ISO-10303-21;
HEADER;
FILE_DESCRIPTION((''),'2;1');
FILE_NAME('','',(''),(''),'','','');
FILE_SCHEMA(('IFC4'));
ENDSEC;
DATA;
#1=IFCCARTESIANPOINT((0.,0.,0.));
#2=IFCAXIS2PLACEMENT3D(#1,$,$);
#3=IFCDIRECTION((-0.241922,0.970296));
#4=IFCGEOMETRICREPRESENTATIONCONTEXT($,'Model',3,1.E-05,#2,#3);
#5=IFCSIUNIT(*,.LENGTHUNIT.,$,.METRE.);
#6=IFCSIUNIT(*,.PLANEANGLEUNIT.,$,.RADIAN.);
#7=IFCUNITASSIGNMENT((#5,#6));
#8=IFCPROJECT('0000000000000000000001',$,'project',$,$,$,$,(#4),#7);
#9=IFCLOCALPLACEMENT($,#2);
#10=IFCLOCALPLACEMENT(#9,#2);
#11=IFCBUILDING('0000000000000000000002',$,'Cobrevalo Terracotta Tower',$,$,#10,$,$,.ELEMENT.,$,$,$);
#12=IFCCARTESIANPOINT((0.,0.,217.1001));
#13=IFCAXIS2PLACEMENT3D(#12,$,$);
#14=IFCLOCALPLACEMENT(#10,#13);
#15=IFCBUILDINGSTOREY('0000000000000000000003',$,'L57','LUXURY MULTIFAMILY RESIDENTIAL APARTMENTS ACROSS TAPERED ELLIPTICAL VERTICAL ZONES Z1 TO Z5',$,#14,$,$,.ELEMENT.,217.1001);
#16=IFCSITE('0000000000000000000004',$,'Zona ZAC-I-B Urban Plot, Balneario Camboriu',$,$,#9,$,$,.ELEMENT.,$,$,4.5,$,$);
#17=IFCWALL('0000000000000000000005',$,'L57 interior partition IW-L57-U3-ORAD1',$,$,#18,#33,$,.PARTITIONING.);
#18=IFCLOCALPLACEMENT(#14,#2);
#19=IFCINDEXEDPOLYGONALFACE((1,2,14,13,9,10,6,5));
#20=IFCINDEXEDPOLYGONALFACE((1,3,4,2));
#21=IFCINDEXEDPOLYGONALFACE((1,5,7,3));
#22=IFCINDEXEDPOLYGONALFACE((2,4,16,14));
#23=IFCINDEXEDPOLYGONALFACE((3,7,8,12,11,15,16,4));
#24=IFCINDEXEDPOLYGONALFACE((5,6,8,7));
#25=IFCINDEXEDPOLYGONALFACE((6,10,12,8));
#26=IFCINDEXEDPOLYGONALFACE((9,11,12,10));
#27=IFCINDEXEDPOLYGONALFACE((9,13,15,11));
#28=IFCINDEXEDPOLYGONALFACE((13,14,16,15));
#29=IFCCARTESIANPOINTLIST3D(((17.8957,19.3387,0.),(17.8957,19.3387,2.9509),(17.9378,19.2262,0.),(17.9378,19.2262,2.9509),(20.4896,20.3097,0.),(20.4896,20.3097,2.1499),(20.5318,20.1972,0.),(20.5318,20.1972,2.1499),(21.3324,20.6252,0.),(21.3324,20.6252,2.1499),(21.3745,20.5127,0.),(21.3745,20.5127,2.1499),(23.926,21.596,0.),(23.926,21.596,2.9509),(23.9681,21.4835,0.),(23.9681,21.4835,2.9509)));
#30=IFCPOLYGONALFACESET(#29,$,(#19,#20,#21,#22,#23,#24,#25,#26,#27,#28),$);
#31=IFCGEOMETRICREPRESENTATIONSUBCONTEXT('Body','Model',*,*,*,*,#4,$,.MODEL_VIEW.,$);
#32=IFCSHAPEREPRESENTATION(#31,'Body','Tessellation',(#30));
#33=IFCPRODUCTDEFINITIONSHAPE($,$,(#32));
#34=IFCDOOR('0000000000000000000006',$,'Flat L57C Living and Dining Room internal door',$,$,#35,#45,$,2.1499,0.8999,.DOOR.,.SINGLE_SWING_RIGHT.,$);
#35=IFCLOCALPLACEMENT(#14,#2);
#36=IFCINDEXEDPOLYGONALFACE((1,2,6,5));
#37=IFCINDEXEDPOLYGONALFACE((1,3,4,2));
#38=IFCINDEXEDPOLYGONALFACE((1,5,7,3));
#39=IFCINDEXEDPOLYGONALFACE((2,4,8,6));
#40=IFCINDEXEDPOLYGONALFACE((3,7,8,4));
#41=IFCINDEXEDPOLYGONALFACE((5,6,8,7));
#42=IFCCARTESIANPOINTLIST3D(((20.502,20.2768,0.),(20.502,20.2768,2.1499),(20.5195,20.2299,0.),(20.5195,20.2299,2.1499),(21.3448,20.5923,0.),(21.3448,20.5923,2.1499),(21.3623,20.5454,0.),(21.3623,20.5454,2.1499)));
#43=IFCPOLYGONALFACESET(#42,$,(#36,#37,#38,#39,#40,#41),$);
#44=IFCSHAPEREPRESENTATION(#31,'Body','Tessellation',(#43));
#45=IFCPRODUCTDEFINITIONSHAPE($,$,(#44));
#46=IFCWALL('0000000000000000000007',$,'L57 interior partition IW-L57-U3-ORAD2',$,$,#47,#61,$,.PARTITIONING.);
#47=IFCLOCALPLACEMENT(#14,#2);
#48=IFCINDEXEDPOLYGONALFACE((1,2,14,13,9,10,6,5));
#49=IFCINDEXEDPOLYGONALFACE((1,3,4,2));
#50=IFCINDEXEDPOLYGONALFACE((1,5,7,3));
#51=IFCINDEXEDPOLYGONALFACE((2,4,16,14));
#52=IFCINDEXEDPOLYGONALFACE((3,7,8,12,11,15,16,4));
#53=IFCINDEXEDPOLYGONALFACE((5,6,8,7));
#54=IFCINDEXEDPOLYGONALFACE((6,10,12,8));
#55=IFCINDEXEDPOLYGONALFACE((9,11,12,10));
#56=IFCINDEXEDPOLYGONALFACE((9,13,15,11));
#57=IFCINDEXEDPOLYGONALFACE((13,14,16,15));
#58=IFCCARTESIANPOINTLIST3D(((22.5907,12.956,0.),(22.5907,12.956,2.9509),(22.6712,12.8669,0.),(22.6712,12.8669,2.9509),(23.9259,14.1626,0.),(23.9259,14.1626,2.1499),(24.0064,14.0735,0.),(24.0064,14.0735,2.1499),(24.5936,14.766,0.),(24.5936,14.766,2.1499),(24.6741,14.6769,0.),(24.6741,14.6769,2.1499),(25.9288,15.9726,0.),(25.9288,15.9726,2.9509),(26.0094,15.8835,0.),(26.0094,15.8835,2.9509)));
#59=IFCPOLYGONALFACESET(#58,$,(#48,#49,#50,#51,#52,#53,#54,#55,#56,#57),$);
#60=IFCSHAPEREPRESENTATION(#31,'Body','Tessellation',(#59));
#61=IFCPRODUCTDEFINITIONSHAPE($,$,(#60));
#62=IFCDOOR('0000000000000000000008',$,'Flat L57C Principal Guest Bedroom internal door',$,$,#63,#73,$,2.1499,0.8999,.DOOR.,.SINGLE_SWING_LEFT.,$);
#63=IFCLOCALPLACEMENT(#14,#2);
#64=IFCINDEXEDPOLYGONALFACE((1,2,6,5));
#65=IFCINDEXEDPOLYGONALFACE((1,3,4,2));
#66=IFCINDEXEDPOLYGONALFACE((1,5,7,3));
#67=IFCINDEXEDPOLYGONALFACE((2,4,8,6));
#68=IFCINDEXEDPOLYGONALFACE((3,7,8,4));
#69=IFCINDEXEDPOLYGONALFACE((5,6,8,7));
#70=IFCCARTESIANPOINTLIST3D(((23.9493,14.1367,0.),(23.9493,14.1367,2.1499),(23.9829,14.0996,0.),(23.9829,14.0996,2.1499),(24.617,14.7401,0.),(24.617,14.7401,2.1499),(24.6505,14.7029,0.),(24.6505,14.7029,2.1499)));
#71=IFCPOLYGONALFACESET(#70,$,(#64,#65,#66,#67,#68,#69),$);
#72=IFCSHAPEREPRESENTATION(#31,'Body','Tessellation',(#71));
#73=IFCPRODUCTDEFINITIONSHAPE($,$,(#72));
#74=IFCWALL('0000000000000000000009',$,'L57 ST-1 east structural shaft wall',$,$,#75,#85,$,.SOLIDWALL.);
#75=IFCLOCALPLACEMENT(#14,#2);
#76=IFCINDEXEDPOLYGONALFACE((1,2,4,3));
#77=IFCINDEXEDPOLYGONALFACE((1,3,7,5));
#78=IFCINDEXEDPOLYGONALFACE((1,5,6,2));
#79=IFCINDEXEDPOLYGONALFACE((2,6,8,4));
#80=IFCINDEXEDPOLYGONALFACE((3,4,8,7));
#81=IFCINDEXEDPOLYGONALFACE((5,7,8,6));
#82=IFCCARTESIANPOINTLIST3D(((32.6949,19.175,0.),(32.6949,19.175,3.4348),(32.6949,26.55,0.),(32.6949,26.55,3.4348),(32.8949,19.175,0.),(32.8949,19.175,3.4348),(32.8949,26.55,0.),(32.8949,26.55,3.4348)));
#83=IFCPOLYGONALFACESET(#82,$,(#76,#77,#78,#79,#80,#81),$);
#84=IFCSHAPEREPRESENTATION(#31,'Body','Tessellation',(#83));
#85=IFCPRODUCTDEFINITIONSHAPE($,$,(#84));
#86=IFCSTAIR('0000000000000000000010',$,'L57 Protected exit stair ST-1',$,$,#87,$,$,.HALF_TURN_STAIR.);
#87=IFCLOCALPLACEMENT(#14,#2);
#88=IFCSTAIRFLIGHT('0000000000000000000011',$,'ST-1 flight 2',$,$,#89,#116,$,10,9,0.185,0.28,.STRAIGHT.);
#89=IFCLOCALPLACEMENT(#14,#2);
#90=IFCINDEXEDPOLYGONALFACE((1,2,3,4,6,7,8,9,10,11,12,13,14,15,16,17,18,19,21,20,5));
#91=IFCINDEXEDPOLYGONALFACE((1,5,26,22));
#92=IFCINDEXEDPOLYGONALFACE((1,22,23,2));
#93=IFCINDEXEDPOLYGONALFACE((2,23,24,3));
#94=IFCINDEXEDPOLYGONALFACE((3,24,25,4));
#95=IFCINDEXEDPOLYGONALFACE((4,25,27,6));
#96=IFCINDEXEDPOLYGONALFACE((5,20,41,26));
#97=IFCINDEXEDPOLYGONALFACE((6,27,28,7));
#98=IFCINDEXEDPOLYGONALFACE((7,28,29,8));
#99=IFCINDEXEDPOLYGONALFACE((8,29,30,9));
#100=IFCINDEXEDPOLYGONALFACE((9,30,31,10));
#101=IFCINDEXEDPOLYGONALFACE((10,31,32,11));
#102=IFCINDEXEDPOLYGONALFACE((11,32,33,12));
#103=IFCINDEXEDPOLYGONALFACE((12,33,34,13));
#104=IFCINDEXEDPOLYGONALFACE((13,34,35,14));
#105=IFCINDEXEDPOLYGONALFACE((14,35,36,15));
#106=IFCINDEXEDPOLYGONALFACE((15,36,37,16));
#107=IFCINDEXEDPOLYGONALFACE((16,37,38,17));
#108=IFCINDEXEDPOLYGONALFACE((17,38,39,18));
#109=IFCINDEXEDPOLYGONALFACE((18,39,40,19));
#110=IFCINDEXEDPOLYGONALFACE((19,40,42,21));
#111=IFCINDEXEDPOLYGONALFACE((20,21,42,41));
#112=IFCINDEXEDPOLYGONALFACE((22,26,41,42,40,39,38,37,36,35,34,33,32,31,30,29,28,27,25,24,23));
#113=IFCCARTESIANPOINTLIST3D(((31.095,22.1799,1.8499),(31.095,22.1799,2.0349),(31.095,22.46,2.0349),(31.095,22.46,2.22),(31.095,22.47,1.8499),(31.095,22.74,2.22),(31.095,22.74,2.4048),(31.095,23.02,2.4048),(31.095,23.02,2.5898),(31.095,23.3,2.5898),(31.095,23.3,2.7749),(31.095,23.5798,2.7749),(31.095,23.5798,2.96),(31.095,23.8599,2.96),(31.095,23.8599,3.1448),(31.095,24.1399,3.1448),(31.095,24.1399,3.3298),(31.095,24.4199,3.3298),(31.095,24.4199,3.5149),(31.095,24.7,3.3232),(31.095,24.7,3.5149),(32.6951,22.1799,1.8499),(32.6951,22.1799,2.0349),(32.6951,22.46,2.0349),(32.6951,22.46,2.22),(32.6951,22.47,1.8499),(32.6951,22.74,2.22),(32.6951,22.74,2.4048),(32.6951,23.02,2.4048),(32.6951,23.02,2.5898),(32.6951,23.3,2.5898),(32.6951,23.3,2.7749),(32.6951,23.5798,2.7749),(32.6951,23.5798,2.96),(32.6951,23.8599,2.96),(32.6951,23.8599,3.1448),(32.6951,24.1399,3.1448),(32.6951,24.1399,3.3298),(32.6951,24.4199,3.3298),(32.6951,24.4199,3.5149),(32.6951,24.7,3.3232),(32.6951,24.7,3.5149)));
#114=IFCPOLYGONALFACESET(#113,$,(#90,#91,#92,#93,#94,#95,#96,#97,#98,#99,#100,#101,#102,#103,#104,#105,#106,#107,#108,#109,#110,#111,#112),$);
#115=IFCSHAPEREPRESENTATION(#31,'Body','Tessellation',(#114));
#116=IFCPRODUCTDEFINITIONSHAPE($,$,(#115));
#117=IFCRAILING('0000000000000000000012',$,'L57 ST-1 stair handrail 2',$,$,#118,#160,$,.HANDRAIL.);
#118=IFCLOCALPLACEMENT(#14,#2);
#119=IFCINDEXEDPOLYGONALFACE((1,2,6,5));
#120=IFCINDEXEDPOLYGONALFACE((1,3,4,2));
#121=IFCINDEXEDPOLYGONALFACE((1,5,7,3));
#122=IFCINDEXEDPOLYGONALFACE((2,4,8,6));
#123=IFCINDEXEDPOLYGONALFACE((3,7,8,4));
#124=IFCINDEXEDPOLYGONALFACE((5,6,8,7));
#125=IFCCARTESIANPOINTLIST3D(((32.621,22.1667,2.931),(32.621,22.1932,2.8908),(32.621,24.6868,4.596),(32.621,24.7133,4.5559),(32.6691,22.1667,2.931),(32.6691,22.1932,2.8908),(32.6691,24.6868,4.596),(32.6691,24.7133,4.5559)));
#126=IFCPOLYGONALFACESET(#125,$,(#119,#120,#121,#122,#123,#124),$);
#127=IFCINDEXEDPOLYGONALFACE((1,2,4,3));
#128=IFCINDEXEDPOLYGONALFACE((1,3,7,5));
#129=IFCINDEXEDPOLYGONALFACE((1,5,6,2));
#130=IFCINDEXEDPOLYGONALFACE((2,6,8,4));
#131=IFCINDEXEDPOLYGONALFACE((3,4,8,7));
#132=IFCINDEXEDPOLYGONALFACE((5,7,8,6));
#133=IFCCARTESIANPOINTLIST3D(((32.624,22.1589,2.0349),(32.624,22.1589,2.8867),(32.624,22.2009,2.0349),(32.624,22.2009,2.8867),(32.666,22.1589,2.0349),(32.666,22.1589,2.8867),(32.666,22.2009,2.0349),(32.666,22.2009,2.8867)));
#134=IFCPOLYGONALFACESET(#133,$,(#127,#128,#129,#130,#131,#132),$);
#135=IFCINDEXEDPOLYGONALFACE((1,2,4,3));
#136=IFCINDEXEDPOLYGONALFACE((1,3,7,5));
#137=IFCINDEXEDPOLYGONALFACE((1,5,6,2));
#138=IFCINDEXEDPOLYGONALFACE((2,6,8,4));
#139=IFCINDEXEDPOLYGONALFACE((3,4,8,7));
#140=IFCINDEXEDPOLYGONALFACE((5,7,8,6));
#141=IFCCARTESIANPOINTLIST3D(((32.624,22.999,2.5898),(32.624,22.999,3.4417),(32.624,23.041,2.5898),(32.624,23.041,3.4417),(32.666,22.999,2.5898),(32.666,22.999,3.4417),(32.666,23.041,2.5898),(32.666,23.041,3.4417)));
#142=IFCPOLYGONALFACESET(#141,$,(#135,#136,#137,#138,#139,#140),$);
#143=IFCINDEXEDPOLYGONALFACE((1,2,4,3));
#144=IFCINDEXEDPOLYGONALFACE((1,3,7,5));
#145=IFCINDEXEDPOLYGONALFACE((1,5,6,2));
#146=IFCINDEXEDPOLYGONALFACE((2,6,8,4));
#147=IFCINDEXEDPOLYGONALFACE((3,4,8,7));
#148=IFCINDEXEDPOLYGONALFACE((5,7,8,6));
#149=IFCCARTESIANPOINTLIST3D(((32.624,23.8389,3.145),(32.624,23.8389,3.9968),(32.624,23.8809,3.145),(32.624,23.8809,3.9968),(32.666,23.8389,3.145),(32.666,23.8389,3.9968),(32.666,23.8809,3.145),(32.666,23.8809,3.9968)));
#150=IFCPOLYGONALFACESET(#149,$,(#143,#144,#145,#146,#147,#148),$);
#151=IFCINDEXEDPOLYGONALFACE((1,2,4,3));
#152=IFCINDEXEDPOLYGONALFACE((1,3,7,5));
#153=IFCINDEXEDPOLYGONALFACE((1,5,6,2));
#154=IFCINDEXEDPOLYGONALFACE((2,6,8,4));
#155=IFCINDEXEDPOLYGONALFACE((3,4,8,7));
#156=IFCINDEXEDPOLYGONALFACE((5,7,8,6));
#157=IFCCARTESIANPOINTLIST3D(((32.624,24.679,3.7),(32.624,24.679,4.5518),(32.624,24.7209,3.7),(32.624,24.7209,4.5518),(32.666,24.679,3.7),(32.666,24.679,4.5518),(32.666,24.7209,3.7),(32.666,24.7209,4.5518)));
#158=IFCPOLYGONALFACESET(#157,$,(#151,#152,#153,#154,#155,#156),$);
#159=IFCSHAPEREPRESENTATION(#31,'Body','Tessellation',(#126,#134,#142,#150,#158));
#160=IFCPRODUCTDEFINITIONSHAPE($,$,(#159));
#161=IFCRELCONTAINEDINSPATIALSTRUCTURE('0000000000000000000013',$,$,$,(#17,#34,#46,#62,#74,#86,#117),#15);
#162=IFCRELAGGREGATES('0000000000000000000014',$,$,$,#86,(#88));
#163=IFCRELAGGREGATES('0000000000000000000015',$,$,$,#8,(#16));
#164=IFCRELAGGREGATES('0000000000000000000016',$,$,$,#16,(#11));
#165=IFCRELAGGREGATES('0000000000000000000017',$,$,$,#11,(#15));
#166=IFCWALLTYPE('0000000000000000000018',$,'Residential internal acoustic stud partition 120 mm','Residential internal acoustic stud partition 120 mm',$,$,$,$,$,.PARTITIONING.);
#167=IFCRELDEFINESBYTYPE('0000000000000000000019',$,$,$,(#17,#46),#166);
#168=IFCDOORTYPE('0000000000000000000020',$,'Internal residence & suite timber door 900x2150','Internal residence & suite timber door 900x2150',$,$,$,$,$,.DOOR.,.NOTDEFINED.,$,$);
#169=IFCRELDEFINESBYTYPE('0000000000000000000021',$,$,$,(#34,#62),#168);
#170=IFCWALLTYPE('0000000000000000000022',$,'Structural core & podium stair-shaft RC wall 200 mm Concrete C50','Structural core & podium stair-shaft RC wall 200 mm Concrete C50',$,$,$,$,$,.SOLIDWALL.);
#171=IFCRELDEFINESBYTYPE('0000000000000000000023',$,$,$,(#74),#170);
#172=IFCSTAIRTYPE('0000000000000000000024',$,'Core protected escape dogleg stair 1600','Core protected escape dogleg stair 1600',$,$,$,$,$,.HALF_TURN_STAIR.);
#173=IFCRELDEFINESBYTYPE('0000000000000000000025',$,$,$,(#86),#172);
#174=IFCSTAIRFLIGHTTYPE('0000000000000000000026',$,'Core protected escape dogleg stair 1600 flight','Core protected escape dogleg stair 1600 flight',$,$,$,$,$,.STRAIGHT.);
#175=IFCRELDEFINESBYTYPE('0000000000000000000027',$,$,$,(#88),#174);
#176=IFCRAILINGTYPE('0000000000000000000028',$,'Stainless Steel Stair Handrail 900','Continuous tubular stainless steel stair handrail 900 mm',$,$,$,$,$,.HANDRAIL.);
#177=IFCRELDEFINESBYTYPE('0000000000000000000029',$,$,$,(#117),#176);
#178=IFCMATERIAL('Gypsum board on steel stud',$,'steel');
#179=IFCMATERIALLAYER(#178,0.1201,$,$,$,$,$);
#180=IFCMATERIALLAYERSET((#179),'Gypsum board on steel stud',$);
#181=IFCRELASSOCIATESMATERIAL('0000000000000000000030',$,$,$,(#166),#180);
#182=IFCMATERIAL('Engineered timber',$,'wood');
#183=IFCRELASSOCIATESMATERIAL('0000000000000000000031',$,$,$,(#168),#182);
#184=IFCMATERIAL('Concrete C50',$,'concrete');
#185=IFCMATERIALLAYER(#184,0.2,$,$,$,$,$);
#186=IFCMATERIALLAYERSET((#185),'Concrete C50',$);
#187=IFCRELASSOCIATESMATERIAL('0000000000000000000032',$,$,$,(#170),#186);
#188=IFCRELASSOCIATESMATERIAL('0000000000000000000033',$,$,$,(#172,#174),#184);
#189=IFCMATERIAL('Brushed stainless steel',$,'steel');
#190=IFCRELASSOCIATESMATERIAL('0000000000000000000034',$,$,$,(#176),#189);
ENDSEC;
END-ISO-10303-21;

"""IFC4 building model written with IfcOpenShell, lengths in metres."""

from ifc_helpers import new_model, si_unit, direction, frame, frame_2d, origin, origin_2d, place, context, subcontext, project, spatial, polyline, rectangle, outline, extrude, source, transform, mapped, material, layer, layer_set, type_object, element, fill, aggregate, save


model = new_model("IFC4")

# Units and contexts
model_context = context("Model", 3, precision=1e-05, world=origin(), true_north=direction((-0.241922, 0.970296)))
body_context = subcontext(model_context, "Body", "Model", "MODEL_VIEW")
ifc_project = project(units=[si_unit("LENGTHUNIT", "METRE"), si_unit("PLANEANGLEUNIT", "RADIAN")], contexts=[model_context])

# Site, building, storey
site_placement = place(None, origin())
site = spatial("IfcSite", under=ifc_project, at=site_placement, Name="Zona ZAC-I-B Urban Plot, Balneario Camboriu", CompositionType="ELEMENT", RefElevation=4.5)
building_placement = place(site_placement, origin())
building = spatial("IfcBuilding", under=site, at=building_placement, Name="Cobrevalo Terracotta Tower", CompositionType="ELEMENT")
storey_placement = place(building_placement, frame((0.0, 0.0, 217.1001)))
storey = spatial("IfcBuildingStorey", under=building, at=storey_placement, Name="L57", Description="LUXURY MULTIFAMILY RESIDENTIAL APARTMENTS ACROSS TAPERED ELLIPTICAL VERTICAL ZONES Z1 TO Z5", CompositionType="ELEMENT", Elevation=217.1001)

# Shared definitions
ifc_material_1 = material(Name="Concrete C50", Category="concrete")

# Shared definitions
ifc_material_2 = material(Name="Gypsum board on steel stud", Category="steel")
ifc_layer_1 = layer(ifc_material_2, 0.1201)
ifc_layer_set_1 = layer_set([ifc_layer_1], Name="Gypsum board on steel stud")
wall_type_1 = type_object("IfcWallType", Name="Residential internal acoustic stud partition 120 mm", Description="Residential internal acoustic stud partition 120 mm", PredefinedType="PARTITIONING", material=ifc_layer_set_1)

# Walls, openings, doors
wall_1_placement = place(storey_placement, frame((23.947, 21.5398, 0.0), z_axis=(0.0, 0.0, 1.0), x_axis=(-0.936535, -0.350575, 0.0)))
wall_1 = element("IfcWall", 1, at=wall_1_placement, inside=storey, type_object=wall_type_1, Name="L57 interior partition IW-L57-U3-ORAD1", PredefinedType="PARTITIONING", context=body_context, shape_type="SweptSolid", body=[
    extrude(rectangle(XDim=6.439, YDim=0.1201, at=frame_2d((3.2195, 0.0))), origin(), (0.0, 0.0, 1.0), 2.9509),
])
opening_1_placement = place(wall_1_placement, frame((2.7693, 0.0, 0.0)))
opening_1 = element("IfcOpeningElement", 2, at=opening_1_placement, cuts=wall_1, PredefinedType="OPENING", context=body_context, shape_type="SweptSolid", body=[
    extrude(rectangle(XDim=0.8999, YDim=2.1499, at=frame_2d((0.45, 1.075))), frame((0.0, 0.0701, 0.0), z_axis=(0.0, -1.0, 0.0), x_axis=(1.0, 0.0, 0.0)), (0.0, 0.0, 1.0), 0.1401),
])
ifc_material_3 = material(Name="Engineered timber", Category="wood")
door_type_1 = type_object("IfcDoorType", Name="Internal residence & suite timber door 900x2150", Description="Internal residence & suite timber door 900x2150", OperationType="NOTDEFINED", PredefinedType="DOOR", material=ifc_material_3)
shared_shape_1 = source(origin(), body_context, "Body", "SweptSolid", [
    extrude(rectangle(XDim=0.8999, YDim=2.1499, at=frame_2d((0.45, 1.075))), frame((0.0, 0.0249, 0.0), z_axis=(0.0, -1.0, 0.0), x_axis=(1.0, 0.0, 0.0)), (0.0, 0.0, 1.0), 0.05),
])
door_1_placement = place(opening_1_placement, frame((0.8999, 0.0, 0.0), z_axis=(0.0, 0.0, 1.0), x_axis=(-1.0, 0.0, 0.0)))
door_1 = element("IfcDoor", 3, at=door_1_placement, inside=storey, type_object=door_type_1, Name="Flat L57C Living and Dining Room internal door", OperationType="SINGLE_SWING_RIGHT", OverallHeight=2.1499, OverallWidth=0.8999, PredefinedType="DOOR", context=body_context, shape_type="MappedRepresentation", body=[
    mapped(shared_shape_1, transform((0.0, 0.0, 0.0), scale=1.0)),
])
fill(opening_1, door_1)
wall_2_placement = place(storey_placement, frame((25.969, 15.928, 0.0), z_axis=(0.0, 0.0, 1.0), x_axis=(-0.741935, -0.670471, 0.0)))
wall_2 = element("IfcWall", 4, at=wall_2_placement, inside=storey, type_object=wall_type_1, Name="L57 interior partition IW-L57-U3-ORAD2", PredefinedType="PARTITIONING", context=body_context, shape_type="SweptSolid", body=[
    extrude(rectangle(XDim=4.4993, YDim=0.1201, at=frame_2d((2.2495, 0.0))), origin(), (0.0, 0.0, 1.0), 2.9509),
])
opening_2_placement = place(wall_2_placement, frame((1.7996, 0.0, 0.0)))
opening_2 = element("IfcOpeningElement", 5, at=opening_2_placement, cuts=wall_2, PredefinedType="OPENING", context=body_context, shape_type="SweptSolid", body=[
    extrude(rectangle(XDim=0.8999, YDim=2.1499, at=frame_2d((0.45, 1.075))), frame((0.0, 0.0701, 0.0), z_axis=(0.0, -1.0, 0.0), x_axis=(1.0, 0.0, 0.0)), (0.0, 0.0, 1.0), 0.1401),
])
door_2_placement = place(opening_2_placement, origin())
door_2 = element("IfcDoor", 6, at=door_2_placement, inside=storey, type_object=door_type_1, Name="Flat L57C Principal Guest Bedroom internal door", OperationType="SINGLE_SWING_LEFT", OverallHeight=2.1499, OverallWidth=0.8999, PredefinedType="DOOR", context=body_context, shape_type="MappedRepresentation", body=[
    mapped(shared_shape_1, transform((0.0, 0.0, 0.0), scale=1.0)),
])
fill(opening_2, door_2)

# Wall
ifc_layer_2 = layer(ifc_material_1, 0.2)
ifc_layer_set_2 = layer_set([ifc_layer_2], Name="Concrete C50")
wall_type_2 = type_object("IfcWallType", Name="Structural core & podium stair-shaft RC wall 200 mm Concrete C50", Description="Structural core & podium stair-shaft RC wall 200 mm Concrete C50", PredefinedType="SOLIDWALL", material=ifc_layer_set_2)
wall_3_placement = place(storey_placement, frame((32.7949, 19.175, 0.0), z_axis=(0.0, 0.0, 1.0), x_axis=(0.0, 1.0, 0.0)))
element("IfcWall", 7, at=wall_3_placement, inside=storey, type_object=wall_type_2, Name="L57 ST-1 east structural shaft wall", PredefinedType="SOLIDWALL", context=body_context, shape_type="SweptSolid", body=[
    extrude(rectangle(XDim=7.375, YDim=0.2, at=frame_2d((3.6875, 0.0))), origin(), (0.0, 0.0, 1.0), 3.4348),
])

# Stair, stair flight
stair_type = type_object("IfcStairType", Name="Core protected escape dogleg stair 1600", Description="Core protected escape dogleg stair 1600", PredefinedType="HALF_TURN_STAIR", material=ifc_material_1)
stair_placement = place(storey_placement, origin())
stair = element("IfcStair", 8, at=stair_placement, inside=storey, type_object=stair_type, Name="L57 Protected exit stair ST-1", PredefinedType="HALF_TURN_STAIR")
stair_flight_type = type_object("IfcStairFlightType", Name="Core protected escape dogleg stair 1600 flight", Description="Core protected escape dogleg stair 1600 flight", PredefinedType="STRAIGHT", material=ifc_material_1)
stair_flight_placement = place(storey_placement, frame((31.895, 22.1799, 1.8499), z_axis=(0.0, 0.0, 1.0), x_axis=(0.0, 1.0, 0.0)))
stair_flight = element("IfcStairFlight", 9, at=stair_flight_placement, type_object=stair_flight_type, Name="ST-1 flight 2", NumberOfRisers=10, NumberOfTreads=9, PredefinedType="STRAIGHT", RiserHeight=0.185, TreadLength=0.28, context=body_context, shape_type="SweptSolid", body=[
    extrude(outline(polyline([(0.0, 0.0), (0.0, 0.1851), (0.28, 0.1851), (0.28, 0.3701), (0.5601, 0.3701), (0.5601, 0.5549), (0.8401, 0.5549), (0.8401, 0.74), (1.1201, 0.74), (1.1201, 0.925), (1.3999, 0.925), (1.3999, 1.1101), (1.6799, 1.1101), (1.6799, 1.2949), (1.96, 1.2949), (1.96, 1.48), (2.24, 1.48), (2.24, 1.665), (2.52, 1.665), (2.52, 1.8501), (2.52, 1.4734), (0.29, 0.0), (0.0, 0.0)])), frame((0.0, 0.8, 0.0), z_axis=(0.0, -1.0, 0.0), x_axis=(1.0, 0.0, 0.0)), (0.0, 0.0, 1.0), 1.6001),
])
aggregate(stair, [stair_flight])

# Railing
ifc_material_4 = material(Name="Brushed stainless steel", Category="steel")
railing_type_1 = type_object("IfcRailingType", Name="Stainless Steel Stair Handrail 900", Description="Continuous tubular stainless steel stair handrail 900 mm", PredefinedType="HANDRAIL", material=ifc_material_4)
railing_1_placement = place(storey_placement, frame((32.645, 22.1799, 2.0349)))
element("IfcRailing", 10, at=railing_1_placement, inside=storey, type_object=railing_type_1, Name="L57 ST-1 stair handrail 2", PredefinedType="HANDRAIL", context=body_context, shape_type="SweptSolid", body=[
    extrude(rectangle(XDim=0.0481, YDim=0.0481, at=origin_2d()), frame((0.0, 0.0, 0.876), z_axis=(0.0, 0.834331, 0.551263), x_axis=(-1.0, 0.0, 0.0)), (0.0, 0.0, 1.0), 3.0205),
    extrude(rectangle(XDim=0.042, YDim=0.042, at=origin_2d()), origin(), (0.0, 0.0, 1.0), 0.8518),
    extrude(rectangle(XDim=0.042, YDim=0.042, at=origin_2d()), frame((0.0, 0.8401, 0.5549)), (0.0, 0.0, 1.0), 0.8518),
    extrude(rectangle(XDim=0.042, YDim=0.042, at=origin_2d()), frame((0.0, 1.6799, 1.1101)), (0.0, 0.0, 1.0), 0.8518),
    extrude(rectangle(XDim=0.042, YDim=0.042, at=origin_2d()), frame((0.0, 2.52, 1.665)), (0.0, 0.0, 1.0), 0.8518),
])

save(model, "model.ifc")
